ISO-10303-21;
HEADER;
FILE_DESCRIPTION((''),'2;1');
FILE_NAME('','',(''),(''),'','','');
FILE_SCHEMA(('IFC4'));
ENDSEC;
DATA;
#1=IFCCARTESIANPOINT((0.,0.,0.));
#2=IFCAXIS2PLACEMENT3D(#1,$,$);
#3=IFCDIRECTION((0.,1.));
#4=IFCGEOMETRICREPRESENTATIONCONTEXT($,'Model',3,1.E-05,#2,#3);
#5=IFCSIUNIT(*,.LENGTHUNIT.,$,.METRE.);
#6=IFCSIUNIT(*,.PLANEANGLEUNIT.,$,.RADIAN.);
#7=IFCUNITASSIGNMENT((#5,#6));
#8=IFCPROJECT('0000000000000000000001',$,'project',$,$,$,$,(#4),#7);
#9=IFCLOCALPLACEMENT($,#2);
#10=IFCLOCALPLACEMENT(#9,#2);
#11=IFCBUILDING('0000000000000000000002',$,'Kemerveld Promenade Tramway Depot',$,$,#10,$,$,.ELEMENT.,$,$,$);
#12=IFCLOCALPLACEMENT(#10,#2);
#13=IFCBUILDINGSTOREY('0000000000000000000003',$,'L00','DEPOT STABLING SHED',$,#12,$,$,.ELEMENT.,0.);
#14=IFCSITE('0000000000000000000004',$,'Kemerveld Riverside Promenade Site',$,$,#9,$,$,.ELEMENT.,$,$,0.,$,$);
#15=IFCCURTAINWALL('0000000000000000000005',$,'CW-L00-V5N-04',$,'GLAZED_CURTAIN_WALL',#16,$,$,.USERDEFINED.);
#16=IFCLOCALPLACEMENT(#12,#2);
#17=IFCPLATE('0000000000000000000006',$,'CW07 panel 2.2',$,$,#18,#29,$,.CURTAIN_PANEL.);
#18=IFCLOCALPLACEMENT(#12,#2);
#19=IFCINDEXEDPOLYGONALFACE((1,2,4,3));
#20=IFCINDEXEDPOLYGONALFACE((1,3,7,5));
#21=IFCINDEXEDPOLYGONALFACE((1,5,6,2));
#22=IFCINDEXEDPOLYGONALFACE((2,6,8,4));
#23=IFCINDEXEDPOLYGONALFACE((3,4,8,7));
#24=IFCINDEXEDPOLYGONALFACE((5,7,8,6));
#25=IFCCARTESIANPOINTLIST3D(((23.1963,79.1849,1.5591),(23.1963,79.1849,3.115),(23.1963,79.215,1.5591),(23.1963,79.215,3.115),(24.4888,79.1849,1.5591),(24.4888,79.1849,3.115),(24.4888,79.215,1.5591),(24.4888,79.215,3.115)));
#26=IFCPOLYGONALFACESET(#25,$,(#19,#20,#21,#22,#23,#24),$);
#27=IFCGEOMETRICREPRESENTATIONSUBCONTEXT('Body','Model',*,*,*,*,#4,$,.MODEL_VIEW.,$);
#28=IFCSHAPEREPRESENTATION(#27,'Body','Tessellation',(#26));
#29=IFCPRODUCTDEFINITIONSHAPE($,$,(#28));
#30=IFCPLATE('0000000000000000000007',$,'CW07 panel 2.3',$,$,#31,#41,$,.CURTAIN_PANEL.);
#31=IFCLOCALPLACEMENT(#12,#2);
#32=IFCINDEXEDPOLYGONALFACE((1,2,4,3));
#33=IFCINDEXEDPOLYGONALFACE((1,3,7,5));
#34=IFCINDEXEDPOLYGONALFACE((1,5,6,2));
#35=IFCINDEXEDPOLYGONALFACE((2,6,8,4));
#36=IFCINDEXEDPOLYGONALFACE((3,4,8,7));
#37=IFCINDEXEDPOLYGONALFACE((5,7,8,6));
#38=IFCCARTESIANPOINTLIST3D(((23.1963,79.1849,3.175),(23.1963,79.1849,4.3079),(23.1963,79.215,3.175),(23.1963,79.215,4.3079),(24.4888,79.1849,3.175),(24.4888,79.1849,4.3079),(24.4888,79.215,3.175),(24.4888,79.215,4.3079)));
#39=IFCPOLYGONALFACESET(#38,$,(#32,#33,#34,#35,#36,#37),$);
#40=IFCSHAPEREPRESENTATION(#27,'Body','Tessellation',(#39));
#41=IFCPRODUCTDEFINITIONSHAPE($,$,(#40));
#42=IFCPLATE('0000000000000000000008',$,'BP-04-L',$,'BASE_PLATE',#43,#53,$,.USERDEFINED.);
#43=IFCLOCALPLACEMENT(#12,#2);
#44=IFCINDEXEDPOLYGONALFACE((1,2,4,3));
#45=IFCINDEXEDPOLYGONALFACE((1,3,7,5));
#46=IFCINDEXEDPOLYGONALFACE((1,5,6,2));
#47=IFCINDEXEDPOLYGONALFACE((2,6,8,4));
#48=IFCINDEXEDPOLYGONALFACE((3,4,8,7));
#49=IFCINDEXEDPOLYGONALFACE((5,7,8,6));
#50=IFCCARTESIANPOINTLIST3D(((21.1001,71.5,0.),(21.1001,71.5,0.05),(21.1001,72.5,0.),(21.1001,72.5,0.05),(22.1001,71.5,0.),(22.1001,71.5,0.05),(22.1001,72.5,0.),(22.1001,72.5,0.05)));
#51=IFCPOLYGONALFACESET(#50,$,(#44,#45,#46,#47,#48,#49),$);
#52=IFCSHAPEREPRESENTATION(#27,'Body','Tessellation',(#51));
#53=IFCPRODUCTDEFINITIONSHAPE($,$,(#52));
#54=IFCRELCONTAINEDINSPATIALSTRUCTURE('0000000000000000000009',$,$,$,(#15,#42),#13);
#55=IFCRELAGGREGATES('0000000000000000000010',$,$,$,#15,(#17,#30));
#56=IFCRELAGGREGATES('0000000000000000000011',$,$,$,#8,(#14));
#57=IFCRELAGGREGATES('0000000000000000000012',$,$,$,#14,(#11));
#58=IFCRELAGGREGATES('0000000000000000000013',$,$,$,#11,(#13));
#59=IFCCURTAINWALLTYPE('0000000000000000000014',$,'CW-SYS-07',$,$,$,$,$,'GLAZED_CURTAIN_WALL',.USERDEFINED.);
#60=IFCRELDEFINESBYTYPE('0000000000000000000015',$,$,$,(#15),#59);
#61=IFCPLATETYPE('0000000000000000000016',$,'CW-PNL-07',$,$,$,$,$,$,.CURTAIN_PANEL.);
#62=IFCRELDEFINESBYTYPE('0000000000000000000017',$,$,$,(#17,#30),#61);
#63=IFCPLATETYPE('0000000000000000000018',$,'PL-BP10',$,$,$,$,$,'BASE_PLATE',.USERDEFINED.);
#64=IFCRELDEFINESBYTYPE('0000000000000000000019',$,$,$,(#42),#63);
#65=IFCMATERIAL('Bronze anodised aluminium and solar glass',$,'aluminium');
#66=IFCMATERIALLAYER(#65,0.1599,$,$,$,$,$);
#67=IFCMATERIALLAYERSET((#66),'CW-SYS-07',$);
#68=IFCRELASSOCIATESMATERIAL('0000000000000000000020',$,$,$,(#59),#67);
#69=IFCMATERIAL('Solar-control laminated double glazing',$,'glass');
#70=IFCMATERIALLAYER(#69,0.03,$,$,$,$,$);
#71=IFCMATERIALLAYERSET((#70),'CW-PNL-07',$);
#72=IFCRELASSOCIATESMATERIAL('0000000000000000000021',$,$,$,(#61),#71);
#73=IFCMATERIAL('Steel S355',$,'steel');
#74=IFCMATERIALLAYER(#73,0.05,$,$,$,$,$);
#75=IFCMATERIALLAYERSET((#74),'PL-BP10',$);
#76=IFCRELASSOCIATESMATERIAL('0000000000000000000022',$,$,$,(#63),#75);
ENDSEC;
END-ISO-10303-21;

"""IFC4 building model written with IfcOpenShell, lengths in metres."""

from ifc_helpers import new_model, si_unit, direction, frame, origin, origin_2d, place, context, subcontext, project, spatial, rectangle, extrude, material, layer, layer_set, type_object, element, aggregate, save


model = new_model("IFC4")

# Units and contexts
model_context = context("Model", 3, precision=1e-05, world=origin(), true_north=direction((0.0, 1.0)))
body_context = subcontext(model_context, "Body", "Model", "MODEL_VIEW")
ifc_project = project(units=[si_unit("LENGTHUNIT", "METRE"), si_unit("PLANEANGLEUNIT", "RADIAN")], contexts=[model_context])

# Site, building, storey
site_placement = place(None, origin())
site = spatial("IfcSite", under=ifc_project, at=site_placement, Name="Kemerveld Riverside Promenade Site", CompositionType="ELEMENT", RefElevation=0.0)
building_placement = place(site_placement, origin())
building = spatial("IfcBuilding", under=site, at=building_placement, Name="Kemerveld Promenade Tramway Depot", CompositionType="ELEMENT")
storey_placement = place(building_placement, origin())
storey = spatial("IfcBuildingStorey", under=building, at=storey_placement, Name="L00", Description="DEPOT STABLING SHED", CompositionType="ELEMENT", Elevation=0.0)

# Shared definitions
ifc_material_1 = material(Name="Steel S355", Category="steel")

# Curtain wall, plates
ifc_material_2 = material(Name="Bronze anodised aluminium and solar glass", Category="aluminium")
ifc_layer_1 = layer(ifc_material_2, 0.1599)
ifc_layer_set_1 = layer_set([ifc_layer_1], Name="CW-SYS-07")
curtain_wall_type = type_object("IfcCurtainWallType", Name="CW-SYS-07", ElementType="GLAZED_CURTAIN_WALL", PredefinedType="USERDEFINED", material=ifc_layer_set_1)
curtain_wall_placement = place(storey_placement, origin())
curtain_wall = element("IfcCurtainWall", 1, at=curtain_wall_placement, inside=storey, type_object=curtain_wall_type, Name="CW-L00-V5N-04", ObjectType="GLAZED_CURTAIN_WALL", PredefinedType="USERDEFINED")
ifc_material_3 = material(Name="Solar-control laminated double glazing", Category="glass")
ifc_layer_2 = layer(ifc_material_3, 0.03)
ifc_layer_set_2 = layer_set([ifc_layer_2], Name="CW-PNL-07")
plate_type_1 = type_object("IfcPlateType", Name="CW-PNL-07", PredefinedType="CURTAIN_PANEL", material=ifc_layer_set_2)
plate_1_placement = place(storey_placement, frame((23.8425, 79.2, 1.5591), z_axis=(0.0, 0.0, 1.0), x_axis=(1.0, 0.0, 0.0)))
plate_1 = element("IfcPlate", 2, at=plate_1_placement, type_object=plate_type_1, Name="CW07 panel 2.2", PredefinedType="CURTAIN_PANEL", context=body_context, shape_type="SweptSolid", body=[
    extrude(rectangle(XDim=1.2925, YDim=0.03, at=origin_2d()), origin(), (0.0, 0.0, 1.0), 1.5559),
])
plate_2_placement = place(storey_placement, frame((23.8425, 79.2, 3.175), z_axis=(0.0, 0.0, 1.0), x_axis=(1.0, 0.0, 0.0)))
plate_2 = element("IfcPlate", 3, at=plate_2_placement, type_object=plate_type_1, Name="CW07 panel 2.3", PredefinedType="CURTAIN_PANEL", context=body_context, shape_type="SweptSolid", body=[
    extrude(rectangle(XDim=1.2925, YDim=0.03, at=origin_2d()), origin(), (0.0, 0.0, 1.0), 1.1328),
])
aggregate(curtain_wall, [plate_1, plate_2])

# Plate
ifc_layer_3 = layer(ifc_material_1, 0.05)
ifc_layer_set_3 = layer_set([ifc_layer_3], Name="PL-BP10")
plate_type_2 = type_object("IfcPlateType", Name="PL-BP10", ElementType="BASE_PLATE", PredefinedType="USERDEFINED", material=ifc_layer_set_3)
plate_3_placement = place(storey_placement, frame((21.6001, 72.0, 0.0), z_axis=(0.0, 0.0, 1.0), x_axis=(1.0, 0.0, 0.0)))
element("IfcPlate", 4, at=plate_3_placement, inside=storey, type_object=plate_type_2, Name="BP-04-L", ObjectType="BASE_PLATE", PredefinedType="USERDEFINED", context=body_context, shape_type="SweptSolid", body=[
    extrude(rectangle(XDim=1.0, YDim=1.0, at=origin_2d()), origin(), (0.0, 0.0, 1.0), 0.05),
])

save(model, "model.ifc")
